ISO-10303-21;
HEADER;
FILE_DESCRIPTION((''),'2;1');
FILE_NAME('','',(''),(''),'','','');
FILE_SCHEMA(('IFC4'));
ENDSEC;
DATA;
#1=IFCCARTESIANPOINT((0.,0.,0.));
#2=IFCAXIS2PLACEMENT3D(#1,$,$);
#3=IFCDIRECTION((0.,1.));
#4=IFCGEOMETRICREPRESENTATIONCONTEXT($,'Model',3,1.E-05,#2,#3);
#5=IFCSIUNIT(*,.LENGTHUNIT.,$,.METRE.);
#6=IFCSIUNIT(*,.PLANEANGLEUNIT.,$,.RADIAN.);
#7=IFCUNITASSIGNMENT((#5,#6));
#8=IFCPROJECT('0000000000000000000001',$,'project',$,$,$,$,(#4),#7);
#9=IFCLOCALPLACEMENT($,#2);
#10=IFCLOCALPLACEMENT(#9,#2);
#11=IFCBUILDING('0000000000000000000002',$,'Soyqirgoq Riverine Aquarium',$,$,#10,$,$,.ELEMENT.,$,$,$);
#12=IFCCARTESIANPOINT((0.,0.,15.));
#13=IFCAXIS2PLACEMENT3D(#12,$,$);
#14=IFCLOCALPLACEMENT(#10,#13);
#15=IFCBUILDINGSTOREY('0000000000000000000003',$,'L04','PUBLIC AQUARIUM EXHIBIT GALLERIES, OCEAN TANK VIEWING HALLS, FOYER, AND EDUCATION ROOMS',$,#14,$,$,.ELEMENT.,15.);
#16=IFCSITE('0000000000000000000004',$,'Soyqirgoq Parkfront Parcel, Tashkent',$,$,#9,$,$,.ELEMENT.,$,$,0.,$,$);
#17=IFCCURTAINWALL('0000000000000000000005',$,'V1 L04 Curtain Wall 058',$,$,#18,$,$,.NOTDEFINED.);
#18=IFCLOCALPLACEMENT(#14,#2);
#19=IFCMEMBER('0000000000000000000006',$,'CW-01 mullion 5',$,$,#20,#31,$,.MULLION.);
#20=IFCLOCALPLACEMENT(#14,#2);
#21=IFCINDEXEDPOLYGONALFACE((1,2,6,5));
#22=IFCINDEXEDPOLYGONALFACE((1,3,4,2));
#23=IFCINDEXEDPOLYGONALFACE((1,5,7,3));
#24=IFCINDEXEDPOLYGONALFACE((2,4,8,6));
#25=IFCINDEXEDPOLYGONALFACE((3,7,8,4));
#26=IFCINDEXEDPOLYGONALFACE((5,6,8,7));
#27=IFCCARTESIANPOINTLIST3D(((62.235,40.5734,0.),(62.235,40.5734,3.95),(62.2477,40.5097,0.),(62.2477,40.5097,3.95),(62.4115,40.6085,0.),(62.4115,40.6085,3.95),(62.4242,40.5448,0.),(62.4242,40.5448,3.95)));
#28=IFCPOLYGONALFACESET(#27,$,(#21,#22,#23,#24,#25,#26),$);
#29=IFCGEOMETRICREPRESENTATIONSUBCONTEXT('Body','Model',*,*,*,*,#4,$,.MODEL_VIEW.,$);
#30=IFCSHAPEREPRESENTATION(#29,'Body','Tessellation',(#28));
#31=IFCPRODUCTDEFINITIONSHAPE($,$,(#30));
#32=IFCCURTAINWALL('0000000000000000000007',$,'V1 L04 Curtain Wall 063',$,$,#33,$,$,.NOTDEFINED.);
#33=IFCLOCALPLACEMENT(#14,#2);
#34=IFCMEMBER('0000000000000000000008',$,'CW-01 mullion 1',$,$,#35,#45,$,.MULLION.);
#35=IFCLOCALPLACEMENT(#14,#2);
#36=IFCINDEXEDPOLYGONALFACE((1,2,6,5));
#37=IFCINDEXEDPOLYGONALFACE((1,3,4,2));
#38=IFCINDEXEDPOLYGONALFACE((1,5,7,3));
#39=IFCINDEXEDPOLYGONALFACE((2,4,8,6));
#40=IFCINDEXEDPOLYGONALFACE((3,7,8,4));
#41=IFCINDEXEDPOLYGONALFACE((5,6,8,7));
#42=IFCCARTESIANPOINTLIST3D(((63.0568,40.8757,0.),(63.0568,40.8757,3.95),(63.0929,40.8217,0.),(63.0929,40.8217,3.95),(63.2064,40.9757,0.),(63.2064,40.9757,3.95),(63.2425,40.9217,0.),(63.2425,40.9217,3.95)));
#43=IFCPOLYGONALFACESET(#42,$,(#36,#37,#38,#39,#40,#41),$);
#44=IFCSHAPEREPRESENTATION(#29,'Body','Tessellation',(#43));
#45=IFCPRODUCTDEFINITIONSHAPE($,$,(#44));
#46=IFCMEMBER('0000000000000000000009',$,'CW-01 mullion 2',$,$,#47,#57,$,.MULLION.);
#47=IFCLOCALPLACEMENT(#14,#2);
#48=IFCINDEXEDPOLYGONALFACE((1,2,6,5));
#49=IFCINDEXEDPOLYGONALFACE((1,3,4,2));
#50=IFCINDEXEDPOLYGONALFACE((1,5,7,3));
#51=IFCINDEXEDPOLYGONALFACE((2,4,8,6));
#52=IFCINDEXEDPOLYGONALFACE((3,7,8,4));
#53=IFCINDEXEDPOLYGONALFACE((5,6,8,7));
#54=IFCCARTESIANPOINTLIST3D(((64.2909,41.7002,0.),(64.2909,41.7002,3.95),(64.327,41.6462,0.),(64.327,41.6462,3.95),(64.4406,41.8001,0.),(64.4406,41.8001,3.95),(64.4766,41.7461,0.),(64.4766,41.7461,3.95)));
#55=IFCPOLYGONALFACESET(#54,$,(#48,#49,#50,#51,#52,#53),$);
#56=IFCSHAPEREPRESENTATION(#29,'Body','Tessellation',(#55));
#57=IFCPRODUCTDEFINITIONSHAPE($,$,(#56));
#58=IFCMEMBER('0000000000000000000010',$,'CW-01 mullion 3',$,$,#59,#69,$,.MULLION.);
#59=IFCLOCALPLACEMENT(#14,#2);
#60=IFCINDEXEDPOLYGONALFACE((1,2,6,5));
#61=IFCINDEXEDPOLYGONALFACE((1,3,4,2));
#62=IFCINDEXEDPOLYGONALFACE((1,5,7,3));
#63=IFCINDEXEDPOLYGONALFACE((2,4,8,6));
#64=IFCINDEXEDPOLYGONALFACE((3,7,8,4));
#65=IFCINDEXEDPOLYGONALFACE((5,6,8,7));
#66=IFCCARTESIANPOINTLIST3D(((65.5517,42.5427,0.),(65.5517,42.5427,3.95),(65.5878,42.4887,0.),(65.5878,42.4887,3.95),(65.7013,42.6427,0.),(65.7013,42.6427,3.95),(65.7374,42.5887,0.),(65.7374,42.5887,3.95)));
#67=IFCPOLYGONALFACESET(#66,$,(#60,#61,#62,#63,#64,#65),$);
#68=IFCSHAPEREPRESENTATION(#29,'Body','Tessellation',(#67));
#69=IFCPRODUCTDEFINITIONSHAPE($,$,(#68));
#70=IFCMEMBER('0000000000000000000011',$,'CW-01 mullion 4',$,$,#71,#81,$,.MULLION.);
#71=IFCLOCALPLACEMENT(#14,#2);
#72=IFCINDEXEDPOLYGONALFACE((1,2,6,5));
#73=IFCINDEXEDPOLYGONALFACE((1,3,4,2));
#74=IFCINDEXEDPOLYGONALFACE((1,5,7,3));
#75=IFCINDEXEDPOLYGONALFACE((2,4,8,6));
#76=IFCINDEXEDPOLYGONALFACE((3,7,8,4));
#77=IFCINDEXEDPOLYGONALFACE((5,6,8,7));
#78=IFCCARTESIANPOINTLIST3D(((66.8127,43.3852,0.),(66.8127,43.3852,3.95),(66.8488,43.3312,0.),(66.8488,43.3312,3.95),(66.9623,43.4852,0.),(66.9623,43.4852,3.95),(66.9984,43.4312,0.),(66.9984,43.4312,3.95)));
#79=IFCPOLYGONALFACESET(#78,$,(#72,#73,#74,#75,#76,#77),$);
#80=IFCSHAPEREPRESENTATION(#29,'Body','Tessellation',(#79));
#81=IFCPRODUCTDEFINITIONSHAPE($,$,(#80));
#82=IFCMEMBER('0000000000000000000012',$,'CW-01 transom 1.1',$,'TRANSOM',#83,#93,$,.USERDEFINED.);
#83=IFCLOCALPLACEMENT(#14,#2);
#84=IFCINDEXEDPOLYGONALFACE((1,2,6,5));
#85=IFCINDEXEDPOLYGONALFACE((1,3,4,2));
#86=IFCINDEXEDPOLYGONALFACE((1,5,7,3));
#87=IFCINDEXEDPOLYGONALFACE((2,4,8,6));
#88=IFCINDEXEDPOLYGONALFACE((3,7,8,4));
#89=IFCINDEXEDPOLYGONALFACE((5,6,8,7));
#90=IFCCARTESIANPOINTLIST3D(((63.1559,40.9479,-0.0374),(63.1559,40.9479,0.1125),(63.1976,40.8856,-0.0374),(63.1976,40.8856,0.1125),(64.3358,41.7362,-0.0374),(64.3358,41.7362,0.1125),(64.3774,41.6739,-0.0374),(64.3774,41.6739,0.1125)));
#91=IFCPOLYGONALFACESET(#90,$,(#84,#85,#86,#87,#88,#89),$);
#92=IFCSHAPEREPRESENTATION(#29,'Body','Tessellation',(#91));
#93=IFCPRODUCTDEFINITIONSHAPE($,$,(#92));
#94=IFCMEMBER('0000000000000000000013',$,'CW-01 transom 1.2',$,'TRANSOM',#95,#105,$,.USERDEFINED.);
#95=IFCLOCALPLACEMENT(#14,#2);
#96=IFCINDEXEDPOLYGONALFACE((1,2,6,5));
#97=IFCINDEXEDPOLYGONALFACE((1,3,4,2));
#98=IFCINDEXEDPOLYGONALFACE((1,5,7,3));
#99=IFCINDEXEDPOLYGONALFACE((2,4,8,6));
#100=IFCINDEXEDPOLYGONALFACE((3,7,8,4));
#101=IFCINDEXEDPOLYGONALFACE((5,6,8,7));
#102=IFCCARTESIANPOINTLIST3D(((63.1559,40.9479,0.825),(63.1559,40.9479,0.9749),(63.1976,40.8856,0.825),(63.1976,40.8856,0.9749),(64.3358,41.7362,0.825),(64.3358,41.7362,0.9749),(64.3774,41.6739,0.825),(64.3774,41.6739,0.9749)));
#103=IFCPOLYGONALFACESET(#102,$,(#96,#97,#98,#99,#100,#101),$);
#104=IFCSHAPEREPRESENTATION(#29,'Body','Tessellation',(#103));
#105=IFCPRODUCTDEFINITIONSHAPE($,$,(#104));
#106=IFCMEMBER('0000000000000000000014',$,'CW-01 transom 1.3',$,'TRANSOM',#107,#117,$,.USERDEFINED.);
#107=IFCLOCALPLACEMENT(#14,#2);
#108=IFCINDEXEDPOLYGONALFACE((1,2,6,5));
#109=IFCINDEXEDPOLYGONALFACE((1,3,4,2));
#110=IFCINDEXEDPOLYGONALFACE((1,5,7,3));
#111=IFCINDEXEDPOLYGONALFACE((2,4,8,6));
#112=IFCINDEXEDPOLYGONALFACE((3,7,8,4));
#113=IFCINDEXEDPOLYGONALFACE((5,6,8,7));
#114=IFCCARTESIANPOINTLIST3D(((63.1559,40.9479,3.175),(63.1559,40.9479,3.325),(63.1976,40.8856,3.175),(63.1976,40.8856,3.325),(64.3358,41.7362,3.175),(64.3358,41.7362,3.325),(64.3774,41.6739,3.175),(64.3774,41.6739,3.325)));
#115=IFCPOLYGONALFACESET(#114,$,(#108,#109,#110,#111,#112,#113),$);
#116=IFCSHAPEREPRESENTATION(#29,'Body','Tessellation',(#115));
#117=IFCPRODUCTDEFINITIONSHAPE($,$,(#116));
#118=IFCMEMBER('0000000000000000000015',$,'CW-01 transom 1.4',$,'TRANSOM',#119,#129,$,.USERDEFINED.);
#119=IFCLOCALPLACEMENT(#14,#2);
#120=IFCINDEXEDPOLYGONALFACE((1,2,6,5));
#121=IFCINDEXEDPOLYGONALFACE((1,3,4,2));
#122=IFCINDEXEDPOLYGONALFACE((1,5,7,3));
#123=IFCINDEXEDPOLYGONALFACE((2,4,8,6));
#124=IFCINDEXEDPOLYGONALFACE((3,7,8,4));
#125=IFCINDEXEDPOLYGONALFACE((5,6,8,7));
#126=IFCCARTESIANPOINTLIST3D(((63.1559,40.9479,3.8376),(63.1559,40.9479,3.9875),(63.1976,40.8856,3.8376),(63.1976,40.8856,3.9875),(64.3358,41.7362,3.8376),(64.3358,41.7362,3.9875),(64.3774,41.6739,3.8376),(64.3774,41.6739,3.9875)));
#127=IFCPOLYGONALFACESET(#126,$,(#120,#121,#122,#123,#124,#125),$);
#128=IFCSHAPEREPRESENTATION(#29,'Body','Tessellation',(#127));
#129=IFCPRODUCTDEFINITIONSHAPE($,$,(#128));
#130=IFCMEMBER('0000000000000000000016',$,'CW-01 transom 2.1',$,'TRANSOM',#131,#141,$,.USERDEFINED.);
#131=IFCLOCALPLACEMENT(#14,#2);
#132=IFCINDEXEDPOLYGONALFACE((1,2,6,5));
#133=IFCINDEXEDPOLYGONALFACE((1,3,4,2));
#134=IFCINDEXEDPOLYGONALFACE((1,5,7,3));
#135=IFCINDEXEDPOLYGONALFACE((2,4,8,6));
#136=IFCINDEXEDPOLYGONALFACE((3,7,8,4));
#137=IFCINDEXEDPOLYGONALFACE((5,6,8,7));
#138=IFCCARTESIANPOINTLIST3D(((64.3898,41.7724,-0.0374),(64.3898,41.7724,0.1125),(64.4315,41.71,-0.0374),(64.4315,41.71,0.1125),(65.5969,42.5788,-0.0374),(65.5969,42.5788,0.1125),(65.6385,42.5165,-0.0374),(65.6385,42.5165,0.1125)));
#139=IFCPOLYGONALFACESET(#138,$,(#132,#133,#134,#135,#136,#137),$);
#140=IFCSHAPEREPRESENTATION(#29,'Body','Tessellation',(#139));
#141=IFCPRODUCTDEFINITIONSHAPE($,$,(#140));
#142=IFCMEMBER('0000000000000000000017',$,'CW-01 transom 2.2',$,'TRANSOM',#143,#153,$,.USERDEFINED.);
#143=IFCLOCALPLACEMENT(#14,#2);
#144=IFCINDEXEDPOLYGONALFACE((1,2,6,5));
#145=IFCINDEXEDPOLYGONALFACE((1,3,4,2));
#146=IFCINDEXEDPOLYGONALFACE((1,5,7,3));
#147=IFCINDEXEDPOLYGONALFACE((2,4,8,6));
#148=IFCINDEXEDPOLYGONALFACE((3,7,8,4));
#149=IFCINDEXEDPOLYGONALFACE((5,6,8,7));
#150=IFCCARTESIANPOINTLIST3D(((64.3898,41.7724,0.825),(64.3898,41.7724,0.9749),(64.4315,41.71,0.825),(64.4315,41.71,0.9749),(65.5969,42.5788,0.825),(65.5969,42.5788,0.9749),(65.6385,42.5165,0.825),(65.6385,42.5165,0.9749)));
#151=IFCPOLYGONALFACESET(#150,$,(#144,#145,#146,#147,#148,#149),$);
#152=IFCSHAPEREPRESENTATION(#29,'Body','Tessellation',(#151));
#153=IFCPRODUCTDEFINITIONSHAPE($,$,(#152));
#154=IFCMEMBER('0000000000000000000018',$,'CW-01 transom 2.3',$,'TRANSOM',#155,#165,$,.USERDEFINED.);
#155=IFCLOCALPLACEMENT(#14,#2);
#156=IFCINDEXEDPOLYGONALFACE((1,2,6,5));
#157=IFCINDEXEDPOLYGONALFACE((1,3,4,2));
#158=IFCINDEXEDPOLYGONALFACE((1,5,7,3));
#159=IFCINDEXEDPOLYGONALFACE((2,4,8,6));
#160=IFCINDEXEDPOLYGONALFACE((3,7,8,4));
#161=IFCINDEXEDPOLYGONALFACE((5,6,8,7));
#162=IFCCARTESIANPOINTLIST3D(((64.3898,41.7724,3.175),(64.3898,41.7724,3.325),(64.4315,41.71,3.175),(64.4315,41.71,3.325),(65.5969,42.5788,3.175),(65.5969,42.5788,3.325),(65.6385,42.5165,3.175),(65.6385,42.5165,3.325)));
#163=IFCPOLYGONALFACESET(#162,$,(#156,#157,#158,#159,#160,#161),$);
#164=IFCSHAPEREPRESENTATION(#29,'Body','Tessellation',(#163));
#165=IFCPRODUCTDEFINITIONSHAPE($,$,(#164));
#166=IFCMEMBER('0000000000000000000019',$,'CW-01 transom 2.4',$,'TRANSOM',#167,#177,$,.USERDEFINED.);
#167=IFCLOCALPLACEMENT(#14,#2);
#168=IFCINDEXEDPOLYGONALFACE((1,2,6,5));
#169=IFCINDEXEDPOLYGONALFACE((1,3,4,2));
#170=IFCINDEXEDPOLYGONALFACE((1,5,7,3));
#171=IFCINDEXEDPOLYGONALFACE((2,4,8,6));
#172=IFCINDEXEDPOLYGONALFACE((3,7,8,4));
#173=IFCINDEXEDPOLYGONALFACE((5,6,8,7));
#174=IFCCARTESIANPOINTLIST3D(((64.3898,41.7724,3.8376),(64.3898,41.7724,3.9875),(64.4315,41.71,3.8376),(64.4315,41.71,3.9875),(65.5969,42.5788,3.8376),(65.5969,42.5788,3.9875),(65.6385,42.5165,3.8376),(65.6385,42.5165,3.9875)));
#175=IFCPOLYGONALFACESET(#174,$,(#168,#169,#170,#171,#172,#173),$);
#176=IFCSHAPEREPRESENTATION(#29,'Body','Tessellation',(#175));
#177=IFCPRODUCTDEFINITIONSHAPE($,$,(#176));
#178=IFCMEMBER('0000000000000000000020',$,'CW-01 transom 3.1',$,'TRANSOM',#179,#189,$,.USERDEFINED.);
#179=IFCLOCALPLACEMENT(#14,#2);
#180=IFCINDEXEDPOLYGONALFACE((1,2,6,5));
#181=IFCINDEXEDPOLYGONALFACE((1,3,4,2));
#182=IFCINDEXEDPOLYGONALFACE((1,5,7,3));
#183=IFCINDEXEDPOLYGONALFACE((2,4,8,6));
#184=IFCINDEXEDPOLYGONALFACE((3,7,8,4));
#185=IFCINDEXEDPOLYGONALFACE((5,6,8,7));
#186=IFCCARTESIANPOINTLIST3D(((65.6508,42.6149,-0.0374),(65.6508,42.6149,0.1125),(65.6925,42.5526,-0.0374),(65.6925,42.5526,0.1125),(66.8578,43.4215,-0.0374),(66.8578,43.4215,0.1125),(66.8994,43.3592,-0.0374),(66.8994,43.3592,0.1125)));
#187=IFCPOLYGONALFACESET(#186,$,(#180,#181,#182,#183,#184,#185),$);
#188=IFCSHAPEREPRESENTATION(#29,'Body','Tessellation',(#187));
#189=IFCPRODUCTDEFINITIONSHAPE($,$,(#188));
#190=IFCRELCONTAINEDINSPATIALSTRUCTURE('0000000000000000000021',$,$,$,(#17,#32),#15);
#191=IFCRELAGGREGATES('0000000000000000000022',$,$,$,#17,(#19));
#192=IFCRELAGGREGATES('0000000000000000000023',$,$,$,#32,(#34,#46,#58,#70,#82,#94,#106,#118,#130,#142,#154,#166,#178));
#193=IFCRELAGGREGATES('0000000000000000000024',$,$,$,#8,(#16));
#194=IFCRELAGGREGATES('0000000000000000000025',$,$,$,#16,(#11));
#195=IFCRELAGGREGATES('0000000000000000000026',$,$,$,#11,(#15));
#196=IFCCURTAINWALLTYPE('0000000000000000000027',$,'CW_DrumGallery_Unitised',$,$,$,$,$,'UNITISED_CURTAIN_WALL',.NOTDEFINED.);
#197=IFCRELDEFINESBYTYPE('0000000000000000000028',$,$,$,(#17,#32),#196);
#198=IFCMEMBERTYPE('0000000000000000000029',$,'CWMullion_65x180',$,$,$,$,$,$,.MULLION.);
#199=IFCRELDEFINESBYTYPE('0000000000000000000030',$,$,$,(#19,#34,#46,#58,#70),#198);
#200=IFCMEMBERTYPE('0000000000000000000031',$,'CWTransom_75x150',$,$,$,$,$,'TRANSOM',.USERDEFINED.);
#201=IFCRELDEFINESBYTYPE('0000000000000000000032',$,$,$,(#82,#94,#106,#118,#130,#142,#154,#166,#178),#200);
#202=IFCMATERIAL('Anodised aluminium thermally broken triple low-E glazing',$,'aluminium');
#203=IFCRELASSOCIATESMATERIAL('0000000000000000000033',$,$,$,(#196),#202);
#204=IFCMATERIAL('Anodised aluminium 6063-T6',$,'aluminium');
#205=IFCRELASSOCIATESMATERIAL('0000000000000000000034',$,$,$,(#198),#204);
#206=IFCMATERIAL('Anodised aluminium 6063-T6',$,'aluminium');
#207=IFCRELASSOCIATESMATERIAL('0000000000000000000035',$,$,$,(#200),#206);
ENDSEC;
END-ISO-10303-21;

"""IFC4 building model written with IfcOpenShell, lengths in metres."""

from ifc_helpers import new_model, si_unit, direction, frame, origin, origin_2d, place, context, subcontext, project, spatial, rectangle, extrude, material, material_profile, profile_set, type_object, element, aggregate, save


model = new_model("IFC4")

# Units and contexts
model_context = context("Model", 3, precision=1e-05, world=origin(), true_north=direction((0.0, 1.0)))
body_context = subcontext(model_context, "Body", "Model", "MODEL_VIEW")
ifc_project = project(units=[si_unit("LENGTHUNIT", "METRE"), si_unit("PLANEANGLEUNIT", "RADIAN")], contexts=[model_context])

# Site, building, storey
site_placement = place(None, origin())
site = spatial("IfcSite", under=ifc_project, at=site_placement, Name="Soyqirgoq Parkfront Parcel, Tashkent", CompositionType="ELEMENT", RefElevation=0.0)
building_placement = place(site_placement, origin())
building = spatial("IfcBuilding", under=site, at=building_placement, Name="Soyqirgoq Riverine Aquarium", CompositionType="ELEMENT")
storey_placement = place(building_placement, frame((0.0, 0.0, 15.0)))
storey = spatial("IfcBuildingStorey", under=building, at=storey_placement, Name="L04", Description="PUBLIC AQUARIUM EXHIBIT GALLERIES, OCEAN TANK VIEWING HALLS, FOYER, AND EDUCATION ROOMS", CompositionType="ELEMENT", Elevation=15.0)

# Curtain wall, member
ifc_material_1 = material(Name="Anodised aluminium thermally broken triple low-E glazing", Category="aluminium")
curtain_wall_type = type_object("IfcCurtainWallType", Name="CW_DrumGallery_Unitised", ElementType="UNITISED_CURTAIN_WALL", PredefinedType="NOTDEFINED", material=ifc_material_1)
curtain_wall_1_placement = place(storey_placement, origin())
curtain_wall_1 = element("IfcCurtainWall", 1, at=curtain_wall_1_placement, inside=storey, type_object=curtain_wall_type, Name="V1 L04 Curtain Wall 058", PredefinedType="NOTDEFINED")
ifc_material_2 = material(Name="Anodised aluminium 6063-T6", Category="aluminium")
ifc_material_profile_1 = material_profile(ifc_material_2, rectangle(XDim=0.0649, YDim=0.1799, at=origin_2d()), Name="ALU-M 65x180")
ifc_profile_set_1 = profile_set([ifc_material_profile_1], Name="Anodised aluminium 6063-T6")
member_type_1 = type_object("IfcMemberType", Name="CWMullion_65x180", PredefinedType="MULLION", material=ifc_profile_set_1)
member_1_placement = place(storey_placement, frame((62.3296, 40.5591, 0.0), z_axis=(0.0, 0.0, 1.0), x_axis=(-0.195102, 0.980783, 0.0)))
member_1 = element("IfcMember", 2, at=member_1_placement, type_object=member_type_1, Name="CW-01 mullion 5", PredefinedType="MULLION", context=body_context, shape_type="SweptSolid", body=[
    extrude(rectangle(XDim=0.0649, YDim=0.1799, at=origin_2d()), origin(), (0.0, 0.0, 1.0), 3.95),
])

# Curtain wall, members
curtain_wall_2_placement = place(storey_placement, origin())
curtain_wall_2 = element("IfcCurtainWall", 3, at=curtain_wall_2_placement, inside=storey, type_object=curtain_wall_type, Name="V1 L04 Curtain Wall 063", PredefinedType="NOTDEFINED")
member_2_placement = place(storey_placement, frame((63.1497, 40.8987, 0.0), z_axis=(0.0, 0.0, 1.0), x_axis=(-0.555579, 0.831464, 0.0)))
member_2 = element("IfcMember", 4, at=member_2_placement, type_object=member_type_1, Name="CW-01 mullion 1", PredefinedType="MULLION", context=body_context, shape_type="SweptSolid", body=[
    extrude(rectangle(XDim=0.0649, YDim=0.1799, at=origin_2d()), origin(), (0.0, 0.0, 1.0), 3.95),
])
member_3_placement = place(storey_placement, frame((64.3838, 41.7231, 0.0), z_axis=(0.0, 0.0, 1.0), x_axis=(-0.555579, 0.831464, 0.0)))
member_3 = element("IfcMember", 5, at=member_3_placement, type_object=member_type_1, Name="CW-01 mullion 2", PredefinedType="MULLION", context=body_context, shape_type="SweptSolid", body=[
    extrude(rectangle(XDim=0.0649, YDim=0.1799, at=origin_2d()), origin(), (0.0, 0.0, 1.0), 3.95),
])
member_4_placement = place(storey_placement, frame((65.6445, 42.5657, 0.0), z_axis=(0.0, 0.0, 1.0), x_axis=(-0.555579, 0.831464, 0.0)))
member_4 = element("IfcMember", 6, at=member_4_placement, type_object=member_type_1, Name="CW-01 mullion 3", PredefinedType="MULLION", context=body_context, shape_type="SweptSolid", body=[
    extrude(rectangle(XDim=0.0649, YDim=0.1799, at=origin_2d()), origin(), (0.0, 0.0, 1.0), 3.95),
])
member_5_placement = place(storey_placement, frame((66.9055, 43.4082, 0.0), z_axis=(0.0, 0.0, 1.0), x_axis=(-0.555579, 0.831464, 0.0)))
member_5 = element("IfcMember", 7, at=member_5_placement, type_object=member_type_1, Name="CW-01 mullion 4", PredefinedType="MULLION", context=body_context, shape_type="SweptSolid", body=[
    extrude(rectangle(XDim=0.0649, YDim=0.1799, at=origin_2d()), origin(), (0.0, 0.0, 1.0), 3.95),
])
ifc_material_3 = material(Name="Anodised aluminium 6063-T6", Category="aluminium")
ifc_material_profile_2 = material_profile(ifc_material_3, rectangle(XDim=0.075, YDim=0.1499, at=origin_2d()), Name="ALU-T 75x150")
ifc_profile_set_2 = profile_set([ifc_material_profile_2], Name="Anodised aluminium 6063-T6")
member_type_2 = type_object("IfcMemberType", Name="CWTransom_75x150", ElementType="TRANSOM", PredefinedType="USERDEFINED", material=ifc_profile_set_2)
member_6_placement = place(storey_placement, frame((63.1768, 40.9167, 0.0376), z_axis=(0.831494, 0.555534, 0.0), x_axis=(-0.555534, 0.831494, 0.0)))
member_6 = element("IfcMember", 8, at=member_6_placement, type_object=member_type_2, Name="CW-01 transom 1.1", ObjectType="TRANSOM", PredefinedType="USERDEFINED", context=body_context, shape_type="SweptSolid", body=[
    extrude(rectangle(XDim=0.075, YDim=0.1499, at=origin_2d()), origin(), (0.0, 0.0, 1.0), 1.4189),
])
member_7_placement = place(storey_placement, frame((63.1768, 40.9167, 0.8999), z_axis=(0.831494, 0.555534, 0.0), x_axis=(-0.555534, 0.831494, 0.0)))
member_7 = element("IfcMember", 9, at=member_7_placement, type_object=member_type_2, Name="CW-01 transom 1.2", ObjectType="TRANSOM", PredefinedType="USERDEFINED", context=body_context, shape_type="SweptSolid", body=[
    extrude(rectangle(XDim=0.075, YDim=0.1499, at=origin_2d()), origin(), (0.0, 0.0, 1.0), 1.4189),
])
member_8_placement = place(storey_placement, frame((63.1768, 40.9167, 3.25), z_axis=(0.831494, 0.555534, 0.0), x_axis=(-0.555534, 0.831494, 0.0)))
member_8 = element("IfcMember", 10, at=member_8_placement, type_object=member_type_2, Name="CW-01 transom 1.3", ObjectType="TRANSOM", PredefinedType="USERDEFINED", context=body_context, shape_type="SweptSolid", body=[
    extrude(rectangle(XDim=0.075, YDim=0.1499, at=origin_2d()), origin(), (0.0, 0.0, 1.0), 1.4189),
])
member_9_placement = place(storey_placement, frame((63.1768, 40.9167, 3.9126), z_axis=(0.831494, 0.555534, 0.0), x_axis=(-0.555534, 0.831494, 0.0)))
member_9 = element("IfcMember", 11, at=member_9_placement, type_object=member_type_2, Name="CW-01 transom 1.4", ObjectType="TRANSOM", PredefinedType="USERDEFINED", context=body_context, shape_type="SweptSolid", body=[
    extrude(rectangle(XDim=0.075, YDim=0.1499, at=origin_2d()), origin(), (0.0, 0.0, 1.0), 1.4189),
])
member_10_placement = place(storey_placement, frame((64.4106, 41.7412, 0.0376), z_axis=(0.831507, 0.555515, 0.0), x_axis=(-0.555515, 0.831507, 0.0)))
member_10 = element("IfcMember", 12, at=member_10_placement, type_object=member_type_2, Name="CW-01 transom 2.1", ObjectType="TRANSOM", PredefinedType="USERDEFINED", context=body_context, shape_type="SweptSolid", body=[
    extrude(rectangle(XDim=0.075, YDim=0.1499, at=origin_2d()), origin(), (0.0, 0.0, 1.0), 1.4517),
])
member_11_placement = place(storey_placement, frame((64.4106, 41.7412, 0.8999), z_axis=(0.831507, 0.555515, 0.0), x_axis=(-0.555515, 0.831507, 0.0)))
member_11 = element("IfcMember", 13, at=member_11_placement, type_object=member_type_2, Name="CW-01 transom 2.2", ObjectType="TRANSOM", PredefinedType="USERDEFINED", context=body_context, shape_type="SweptSolid", body=[
    extrude(rectangle(XDim=0.075, YDim=0.1499, at=origin_2d()), origin(), (0.0, 0.0, 1.0), 1.4517),
])
member_12_placement = place(storey_placement, frame((64.4106, 41.7412, 3.25), z_axis=(0.831507, 0.555515, 0.0), x_axis=(-0.555515, 0.831507, 0.0)))
member_12 = element("IfcMember", 14, at=member_12_placement, type_object=member_type_2, Name="CW-01 transom 2.3", ObjectType="TRANSOM", PredefinedType="USERDEFINED", context=body_context, shape_type="SweptSolid", body=[
    extrude(rectangle(XDim=0.075, YDim=0.1499, at=origin_2d()), origin(), (0.0, 0.0, 1.0), 1.4517),
])
member_13_placement = place(storey_placement, frame((64.4106, 41.7412, 3.9126), z_axis=(0.831507, 0.555515, 0.0), x_axis=(-0.555515, 0.831507, 0.0)))
member_13 = element("IfcMember", 15, at=member_13_placement, type_object=member_type_2, Name="CW-01 transom 2.4", ObjectType="TRANSOM", PredefinedType="USERDEFINED", context=body_context, shape_type="SweptSolid", body=[
    extrude(rectangle(XDim=0.075, YDim=0.1499, at=origin_2d()), origin(), (0.0, 0.0, 1.0), 1.4517),
])
member_14_placement = place(storey_placement, frame((65.6716, 42.5837, 0.0376), z_axis=(0.831429, 0.555631, 0.0), x_axis=(-0.555631, 0.831429, 0.0)))
member_14 = element("IfcMember", 16, at=member_14_placement, type_object=member_type_2, Name="CW-01 transom 3.1", ObjectType="TRANSOM", PredefinedType="USERDEFINED", context=body_context, shape_type="SweptSolid", body=[
    extrude(rectangle(XDim=0.075, YDim=0.1499, at=origin_2d()), origin(), (0.0, 0.0, 1.0), 1.4517),
])

aggregate(curtain_wall_1, [member_1])
aggregate(curtain_wall_2, [member_2, member_3, member_4, member_5, member_6, member_7, member_8, member_9, member_10, member_11, member_12, member_13, member_14])

save(model, "model.ifc")
